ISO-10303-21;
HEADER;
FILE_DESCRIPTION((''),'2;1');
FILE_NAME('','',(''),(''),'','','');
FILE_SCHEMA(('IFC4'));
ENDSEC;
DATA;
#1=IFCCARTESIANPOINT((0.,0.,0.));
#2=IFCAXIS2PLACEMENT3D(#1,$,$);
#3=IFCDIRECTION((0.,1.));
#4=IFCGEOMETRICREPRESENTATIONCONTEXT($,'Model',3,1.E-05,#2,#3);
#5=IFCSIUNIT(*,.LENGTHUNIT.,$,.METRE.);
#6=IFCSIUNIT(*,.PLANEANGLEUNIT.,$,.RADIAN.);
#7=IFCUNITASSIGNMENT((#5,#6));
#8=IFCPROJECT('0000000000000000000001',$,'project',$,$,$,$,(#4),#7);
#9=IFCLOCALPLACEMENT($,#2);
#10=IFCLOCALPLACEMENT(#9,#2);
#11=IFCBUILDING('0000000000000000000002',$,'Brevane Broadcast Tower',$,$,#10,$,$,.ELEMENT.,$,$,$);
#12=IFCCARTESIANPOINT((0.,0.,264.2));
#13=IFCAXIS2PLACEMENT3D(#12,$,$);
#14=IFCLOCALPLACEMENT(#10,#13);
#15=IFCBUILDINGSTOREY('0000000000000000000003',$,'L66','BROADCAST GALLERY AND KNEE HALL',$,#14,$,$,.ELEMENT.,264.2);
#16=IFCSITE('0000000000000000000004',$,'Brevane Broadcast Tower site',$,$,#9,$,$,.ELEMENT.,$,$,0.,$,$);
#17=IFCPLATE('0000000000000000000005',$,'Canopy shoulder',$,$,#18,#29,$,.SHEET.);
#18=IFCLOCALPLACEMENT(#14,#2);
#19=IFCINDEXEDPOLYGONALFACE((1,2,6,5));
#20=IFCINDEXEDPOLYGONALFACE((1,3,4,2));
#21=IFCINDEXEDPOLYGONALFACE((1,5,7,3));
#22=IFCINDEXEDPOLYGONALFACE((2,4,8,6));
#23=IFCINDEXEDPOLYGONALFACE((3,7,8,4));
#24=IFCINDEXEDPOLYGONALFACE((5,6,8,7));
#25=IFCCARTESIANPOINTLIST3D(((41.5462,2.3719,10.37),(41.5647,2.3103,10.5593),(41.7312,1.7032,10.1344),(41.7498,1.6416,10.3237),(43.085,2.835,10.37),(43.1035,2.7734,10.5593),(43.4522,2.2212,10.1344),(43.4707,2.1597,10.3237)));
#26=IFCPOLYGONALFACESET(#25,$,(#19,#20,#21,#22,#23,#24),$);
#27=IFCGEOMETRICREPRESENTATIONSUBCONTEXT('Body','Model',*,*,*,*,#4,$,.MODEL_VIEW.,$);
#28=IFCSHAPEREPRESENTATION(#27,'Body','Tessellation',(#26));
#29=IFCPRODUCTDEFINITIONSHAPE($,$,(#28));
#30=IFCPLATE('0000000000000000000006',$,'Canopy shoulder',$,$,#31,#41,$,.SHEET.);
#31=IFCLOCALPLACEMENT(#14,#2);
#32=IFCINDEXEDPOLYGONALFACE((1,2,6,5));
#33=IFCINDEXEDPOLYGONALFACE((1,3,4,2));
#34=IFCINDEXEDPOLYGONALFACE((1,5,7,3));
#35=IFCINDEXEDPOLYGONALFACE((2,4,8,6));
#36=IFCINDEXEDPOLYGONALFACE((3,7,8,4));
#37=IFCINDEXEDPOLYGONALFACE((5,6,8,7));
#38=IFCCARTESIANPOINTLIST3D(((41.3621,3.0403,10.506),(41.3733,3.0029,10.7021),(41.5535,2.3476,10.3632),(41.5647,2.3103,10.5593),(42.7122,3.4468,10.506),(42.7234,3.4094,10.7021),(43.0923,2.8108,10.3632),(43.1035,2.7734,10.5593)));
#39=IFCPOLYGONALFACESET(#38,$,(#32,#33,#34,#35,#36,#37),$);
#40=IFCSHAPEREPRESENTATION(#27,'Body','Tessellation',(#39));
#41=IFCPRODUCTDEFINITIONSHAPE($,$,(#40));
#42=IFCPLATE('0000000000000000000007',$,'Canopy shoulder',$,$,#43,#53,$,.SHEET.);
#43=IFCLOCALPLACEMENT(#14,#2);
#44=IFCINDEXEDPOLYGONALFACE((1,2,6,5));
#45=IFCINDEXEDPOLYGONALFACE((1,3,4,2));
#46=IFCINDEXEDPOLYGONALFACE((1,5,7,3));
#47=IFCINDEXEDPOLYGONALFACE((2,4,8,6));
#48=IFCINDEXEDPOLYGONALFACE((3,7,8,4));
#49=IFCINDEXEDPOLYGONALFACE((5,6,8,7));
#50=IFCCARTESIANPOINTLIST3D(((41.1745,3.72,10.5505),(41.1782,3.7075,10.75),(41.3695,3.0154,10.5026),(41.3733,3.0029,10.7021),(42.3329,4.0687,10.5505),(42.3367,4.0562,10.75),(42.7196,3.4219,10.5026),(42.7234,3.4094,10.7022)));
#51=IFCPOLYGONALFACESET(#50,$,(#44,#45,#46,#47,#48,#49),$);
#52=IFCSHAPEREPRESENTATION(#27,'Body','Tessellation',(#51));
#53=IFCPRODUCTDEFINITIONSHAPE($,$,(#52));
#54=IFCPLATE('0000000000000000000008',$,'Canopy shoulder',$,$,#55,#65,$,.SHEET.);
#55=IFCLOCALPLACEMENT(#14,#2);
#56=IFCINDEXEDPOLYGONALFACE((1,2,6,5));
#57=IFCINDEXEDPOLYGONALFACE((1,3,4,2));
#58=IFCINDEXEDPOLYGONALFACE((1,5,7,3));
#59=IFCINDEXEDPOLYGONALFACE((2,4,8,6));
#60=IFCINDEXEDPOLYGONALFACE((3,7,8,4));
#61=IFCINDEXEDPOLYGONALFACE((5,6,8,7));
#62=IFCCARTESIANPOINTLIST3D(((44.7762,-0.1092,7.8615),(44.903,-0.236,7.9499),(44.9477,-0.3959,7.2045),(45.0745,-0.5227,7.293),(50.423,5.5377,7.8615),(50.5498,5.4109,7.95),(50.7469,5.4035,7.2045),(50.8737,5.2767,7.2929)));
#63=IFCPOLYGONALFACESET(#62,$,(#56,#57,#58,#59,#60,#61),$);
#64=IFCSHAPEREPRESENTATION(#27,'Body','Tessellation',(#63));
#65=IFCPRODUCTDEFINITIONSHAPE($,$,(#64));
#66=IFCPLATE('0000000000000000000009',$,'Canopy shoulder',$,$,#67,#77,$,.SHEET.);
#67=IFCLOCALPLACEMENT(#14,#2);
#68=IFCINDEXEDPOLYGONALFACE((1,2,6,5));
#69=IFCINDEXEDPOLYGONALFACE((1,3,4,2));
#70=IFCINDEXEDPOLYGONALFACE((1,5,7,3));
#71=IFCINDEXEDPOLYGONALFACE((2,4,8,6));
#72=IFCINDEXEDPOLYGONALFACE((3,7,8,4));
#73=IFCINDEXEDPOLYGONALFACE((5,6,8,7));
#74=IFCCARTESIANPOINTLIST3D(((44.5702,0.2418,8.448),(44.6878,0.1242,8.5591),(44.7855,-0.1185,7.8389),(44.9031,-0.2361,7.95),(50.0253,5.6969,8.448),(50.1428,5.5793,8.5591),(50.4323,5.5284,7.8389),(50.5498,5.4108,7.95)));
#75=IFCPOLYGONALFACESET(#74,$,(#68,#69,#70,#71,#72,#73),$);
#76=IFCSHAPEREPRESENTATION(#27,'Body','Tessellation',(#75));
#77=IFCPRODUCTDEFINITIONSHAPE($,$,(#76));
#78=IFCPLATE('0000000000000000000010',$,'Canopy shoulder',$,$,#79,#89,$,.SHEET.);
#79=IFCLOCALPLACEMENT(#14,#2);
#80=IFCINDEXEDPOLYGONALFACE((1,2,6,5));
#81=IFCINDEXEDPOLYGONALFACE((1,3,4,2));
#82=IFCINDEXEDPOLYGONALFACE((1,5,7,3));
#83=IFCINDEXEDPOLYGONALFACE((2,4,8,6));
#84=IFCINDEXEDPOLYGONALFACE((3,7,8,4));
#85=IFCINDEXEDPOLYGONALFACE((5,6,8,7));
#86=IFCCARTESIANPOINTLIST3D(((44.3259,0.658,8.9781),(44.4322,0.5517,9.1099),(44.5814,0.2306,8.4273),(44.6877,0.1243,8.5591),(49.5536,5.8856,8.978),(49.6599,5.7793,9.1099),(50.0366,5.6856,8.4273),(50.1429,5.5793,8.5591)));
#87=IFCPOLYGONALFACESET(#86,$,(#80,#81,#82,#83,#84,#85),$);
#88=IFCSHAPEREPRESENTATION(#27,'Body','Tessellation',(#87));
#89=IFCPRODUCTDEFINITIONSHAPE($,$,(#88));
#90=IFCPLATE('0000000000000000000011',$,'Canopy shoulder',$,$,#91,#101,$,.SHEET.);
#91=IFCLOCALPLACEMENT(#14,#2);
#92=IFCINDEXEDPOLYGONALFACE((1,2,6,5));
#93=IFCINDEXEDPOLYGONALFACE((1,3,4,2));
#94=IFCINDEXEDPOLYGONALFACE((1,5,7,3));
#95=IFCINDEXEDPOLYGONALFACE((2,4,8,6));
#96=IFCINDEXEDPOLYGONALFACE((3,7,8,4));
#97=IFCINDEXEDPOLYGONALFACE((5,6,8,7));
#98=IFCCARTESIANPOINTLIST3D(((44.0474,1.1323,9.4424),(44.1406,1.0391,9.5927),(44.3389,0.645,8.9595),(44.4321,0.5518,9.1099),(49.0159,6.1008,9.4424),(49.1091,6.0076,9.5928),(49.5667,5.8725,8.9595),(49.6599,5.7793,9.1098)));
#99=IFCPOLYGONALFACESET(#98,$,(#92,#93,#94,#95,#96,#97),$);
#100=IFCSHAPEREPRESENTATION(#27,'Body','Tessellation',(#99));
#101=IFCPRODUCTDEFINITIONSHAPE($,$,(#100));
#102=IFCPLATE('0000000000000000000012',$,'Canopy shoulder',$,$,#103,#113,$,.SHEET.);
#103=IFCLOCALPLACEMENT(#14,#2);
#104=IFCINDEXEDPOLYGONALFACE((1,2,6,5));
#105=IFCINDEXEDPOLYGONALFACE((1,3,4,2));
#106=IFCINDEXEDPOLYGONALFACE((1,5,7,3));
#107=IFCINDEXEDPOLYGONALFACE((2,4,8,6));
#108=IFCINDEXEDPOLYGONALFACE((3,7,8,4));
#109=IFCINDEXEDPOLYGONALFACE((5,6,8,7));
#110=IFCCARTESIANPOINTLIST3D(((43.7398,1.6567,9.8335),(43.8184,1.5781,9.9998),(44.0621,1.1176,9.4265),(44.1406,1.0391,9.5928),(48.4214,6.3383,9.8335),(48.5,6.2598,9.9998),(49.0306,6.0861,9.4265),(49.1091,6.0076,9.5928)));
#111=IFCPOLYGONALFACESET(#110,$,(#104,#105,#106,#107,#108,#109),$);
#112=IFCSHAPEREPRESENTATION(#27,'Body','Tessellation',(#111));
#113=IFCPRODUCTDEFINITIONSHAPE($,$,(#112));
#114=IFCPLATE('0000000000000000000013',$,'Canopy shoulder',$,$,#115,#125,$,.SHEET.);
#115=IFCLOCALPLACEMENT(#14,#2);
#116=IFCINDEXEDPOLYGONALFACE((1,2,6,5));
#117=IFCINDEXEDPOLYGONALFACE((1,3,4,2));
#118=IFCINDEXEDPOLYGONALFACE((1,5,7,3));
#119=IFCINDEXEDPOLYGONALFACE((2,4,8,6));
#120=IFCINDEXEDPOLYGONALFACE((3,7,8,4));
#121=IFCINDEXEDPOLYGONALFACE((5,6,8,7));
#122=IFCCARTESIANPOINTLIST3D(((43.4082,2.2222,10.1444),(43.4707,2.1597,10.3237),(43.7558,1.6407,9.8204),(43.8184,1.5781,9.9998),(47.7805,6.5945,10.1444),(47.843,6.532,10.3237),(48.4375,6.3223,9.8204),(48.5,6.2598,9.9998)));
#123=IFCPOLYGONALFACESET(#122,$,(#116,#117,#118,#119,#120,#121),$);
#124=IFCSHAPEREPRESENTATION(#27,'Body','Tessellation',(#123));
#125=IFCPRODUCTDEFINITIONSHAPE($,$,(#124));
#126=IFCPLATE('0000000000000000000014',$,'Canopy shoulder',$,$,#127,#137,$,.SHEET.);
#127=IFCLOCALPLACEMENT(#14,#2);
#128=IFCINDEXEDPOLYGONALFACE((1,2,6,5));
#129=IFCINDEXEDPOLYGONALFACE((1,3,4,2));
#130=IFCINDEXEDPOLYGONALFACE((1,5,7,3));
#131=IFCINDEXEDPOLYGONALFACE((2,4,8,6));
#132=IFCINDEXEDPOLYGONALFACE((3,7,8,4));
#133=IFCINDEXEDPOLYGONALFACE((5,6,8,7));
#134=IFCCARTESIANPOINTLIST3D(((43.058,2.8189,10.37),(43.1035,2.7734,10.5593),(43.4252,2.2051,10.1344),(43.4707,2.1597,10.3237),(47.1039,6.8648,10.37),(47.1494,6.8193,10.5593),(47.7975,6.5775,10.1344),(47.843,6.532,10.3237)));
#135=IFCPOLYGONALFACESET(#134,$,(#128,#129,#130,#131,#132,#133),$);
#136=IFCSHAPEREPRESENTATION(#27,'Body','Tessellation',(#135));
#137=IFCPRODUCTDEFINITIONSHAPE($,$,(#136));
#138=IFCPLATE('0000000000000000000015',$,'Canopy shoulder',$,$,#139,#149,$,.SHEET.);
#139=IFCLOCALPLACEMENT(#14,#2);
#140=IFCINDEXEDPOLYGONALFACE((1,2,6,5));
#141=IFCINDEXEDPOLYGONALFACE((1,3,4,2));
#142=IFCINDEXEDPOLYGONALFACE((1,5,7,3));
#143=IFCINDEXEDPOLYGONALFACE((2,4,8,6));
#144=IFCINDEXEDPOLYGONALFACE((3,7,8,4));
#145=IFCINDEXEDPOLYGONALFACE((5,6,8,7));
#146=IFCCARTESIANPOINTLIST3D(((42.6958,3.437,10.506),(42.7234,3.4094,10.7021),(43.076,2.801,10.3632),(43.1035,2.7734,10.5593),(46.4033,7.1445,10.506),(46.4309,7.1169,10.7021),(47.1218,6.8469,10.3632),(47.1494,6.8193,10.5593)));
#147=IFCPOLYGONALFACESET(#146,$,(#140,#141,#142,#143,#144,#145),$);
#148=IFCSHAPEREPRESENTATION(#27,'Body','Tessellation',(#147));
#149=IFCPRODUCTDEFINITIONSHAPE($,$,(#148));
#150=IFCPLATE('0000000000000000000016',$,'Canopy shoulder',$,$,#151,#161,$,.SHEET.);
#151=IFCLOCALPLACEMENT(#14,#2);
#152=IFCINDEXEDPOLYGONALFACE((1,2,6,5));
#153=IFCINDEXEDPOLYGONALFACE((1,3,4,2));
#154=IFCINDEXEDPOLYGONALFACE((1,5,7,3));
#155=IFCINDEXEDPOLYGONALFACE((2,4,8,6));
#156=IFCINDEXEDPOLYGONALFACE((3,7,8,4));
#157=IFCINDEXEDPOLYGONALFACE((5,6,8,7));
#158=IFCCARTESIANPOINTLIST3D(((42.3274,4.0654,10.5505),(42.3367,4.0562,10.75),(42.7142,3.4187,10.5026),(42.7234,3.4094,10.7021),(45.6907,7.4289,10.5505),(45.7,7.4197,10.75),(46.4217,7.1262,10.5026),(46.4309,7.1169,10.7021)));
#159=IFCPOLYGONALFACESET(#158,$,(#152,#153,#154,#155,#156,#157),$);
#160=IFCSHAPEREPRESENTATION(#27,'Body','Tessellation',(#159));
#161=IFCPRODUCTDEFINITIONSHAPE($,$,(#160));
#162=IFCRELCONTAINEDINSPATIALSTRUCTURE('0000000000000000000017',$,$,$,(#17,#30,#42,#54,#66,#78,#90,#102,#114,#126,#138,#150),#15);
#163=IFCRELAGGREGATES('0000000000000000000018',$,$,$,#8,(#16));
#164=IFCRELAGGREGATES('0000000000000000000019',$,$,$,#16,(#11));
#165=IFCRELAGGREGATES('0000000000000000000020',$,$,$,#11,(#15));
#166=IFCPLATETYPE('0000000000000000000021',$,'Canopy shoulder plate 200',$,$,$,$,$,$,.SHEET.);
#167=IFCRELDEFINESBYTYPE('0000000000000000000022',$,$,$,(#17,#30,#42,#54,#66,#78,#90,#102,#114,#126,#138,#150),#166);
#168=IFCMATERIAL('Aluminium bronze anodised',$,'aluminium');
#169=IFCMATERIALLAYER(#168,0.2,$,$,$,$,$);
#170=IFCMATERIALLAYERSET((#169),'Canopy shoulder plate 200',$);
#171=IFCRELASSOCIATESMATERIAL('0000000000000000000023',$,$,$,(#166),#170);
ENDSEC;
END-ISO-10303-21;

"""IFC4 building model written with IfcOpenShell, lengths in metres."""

from ifc_helpers import new_model, si_unit, direction, frame, origin, place, context, subcontext, project, spatial, polyline, outline, extrude, material, layer, layer_set, type_object, element, save


model = new_model("IFC4")

# Units and contexts
model_context = context("Model", 3, precision=1e-05, world=origin(), true_north=direction((0.0, 1.0)))
body_context = subcontext(model_context, "Body", "Model", "MODEL_VIEW")
ifc_project = project(units=[si_unit("LENGTHUNIT", "METRE"), si_unit("PLANEANGLEUNIT", "RADIAN")], contexts=[model_context])

# Site, building, storey
site_placement = place(None, origin())
site = spatial("IfcSite", under=ifc_project, at=site_placement, Name="Brevane Broadcast Tower site", CompositionType="ELEMENT", RefElevation=0.0)
building_placement = place(site_placement, origin())
building = spatial("IfcBuilding", under=site, at=building_placement, Name="Brevane Broadcast Tower", CompositionType="ELEMENT")
storey_placement = place(building_placement, frame((0.0, 0.0, 264.2)))
storey = spatial("IfcBuildingStorey", under=building, at=storey_placement, Name="L66", Description="BROADCAST GALLERY AND KNEE HALL", CompositionType="ELEMENT", Elevation=264.2)

# Plates
ifc_material = material(Name="Aluminium bronze anodised", Category="aluminium")
ifc_layer = layer(ifc_material, 0.2)
ifc_layer_set = layer_set([ifc_layer], Name="Canopy shoulder plate 200")
plate_type = type_object("IfcPlateType", Name="Canopy shoulder plate 200", PredefinedType="SHEET", material=ifc_layer_set)
plate_1_placement = place(storey_placement, frame((41.7498, 1.6416, 10.3237), z_axis=(0.0927, -0.307971, 0.946869), x_axis=(0.957554, 0.288255, 0.000009)))
element("IfcPlate", 1, at=plate_1_placement, inside=storey, type_object=plate_type, Name="Canopy shoulder", PredefinedType="SHEET", context=body_context, shape_type="SweptSolid", body=[
    extrude(outline(polyline([(0.0, 0.0), (1.7972, 0.0), (1.6226, 0.7325), (0.0156, 0.7326), (0.0, 0.0)])), origin(), (0.0, 0.0, -1.0), 0.2),
])
plate_2_placement = place(storey_placement, frame((41.5647, 2.3103, 10.5593), z_axis=(0.056199, -0.186693, 0.980809), x_axis=(0.95757, 0.2882, -0.00001)))
element("IfcPlate", 2, at=plate_2_placement, inside=storey, type_object=plate_type, Name="Canopy shoulder", PredefinedType="SHEET", context=body_context, shape_type="SweptSolid", body=[
    extrude(outline(polyline([(0.0, 0.0), (1.607, 0.0), (1.4263, 0.7326), (0.0163, 0.7325), (0.0, 0.0)])), origin(), (0.0, 0.0, -1.0), 0.2),
])
plate_3_placement = place(storey_placement, frame((41.3733, 3.0029, 10.7021), z_axis=(0.018833, -0.062563, 0.997863), x_axis=(0.95754, 0.288301, 0.000004)))
element("IfcPlate", 3, at=plate_3_placement, inside=storey, type_object=plate_type, Name="Canopy shoulder", PredefinedType="SHEET", context=body_context, shape_type="SweptSolid", body=[
    extrude(outline(polyline([(0.0, 0.0), (1.41, 0.0), (1.2261, 0.7323), (0.0163, 0.7325), (0.0, 0.0)])), origin(), (0.0, 0.0, -1.0), 0.2),
])
plate_4_placement = place(storey_placement, frame((45.0745, -0.5227, 7.293), z_axis=(0.634207, -0.634194, 0.442244), x_axis=(0.707101, 0.707113, -0.000004)))
element("IfcPlate", 4, at=plate_4_placement, inside=storey, type_object=plate_type, Name="Canopy shoulder", PredefinedType="SHEET", context=body_context, shape_type="SweptSolid", body=[
    extrude(outline(polyline([(0.0, 0.0), (8.2015, 0.0), (8.0673, 0.7325), (0.0815, 0.7325), (0.0, 0.0)])), origin(), (0.0, 0.0, -1.0), 0.2),
])
plate_5_placement = place(storey_placement, frame((44.9031, -0.2361, 7.95), z_axis=(0.587955, -0.587942, 0.555547), x_axis=(0.707097, 0.707117, 0.000005)))
element("IfcPlate", 5, at=plate_5_placement, inside=storey, type_object=plate_type, Name="Canopy shoulder", PredefinedType="SHEET", context=body_context, shape_type="SweptSolid", body=[
    extrude(outline(polyline([(0.0, 0.0), (7.9859, 0.0), (7.8172, 0.7325), (0.1026, 0.7326), (0.0, 0.0)])), origin(), (0.0, 0.0, -1.0), 0.2),
])
plate_6_placement = place(storey_placement, frame((44.6877, 0.1243, 8.5591), z_axis=(0.531663, -0.531676, 0.659284), x_axis=(0.707111, 0.707102, 0.000006)))
element("IfcPlate", 6, at=plate_6_placement, inside=storey, type_object=plate_type, Name="Canopy shoulder", PredefinedType="SHEET", context=body_context, shape_type="SweptSolid", body=[
    extrude(outline(polyline([(0.0, 0.0), (7.7146, 0.0), (7.5146, 0.7325), (0.1215, 0.7326), (0.0, 0.0)])), origin(), (0.0, 0.0, -1.0), 0.2),
])
plate_7_placement = place(storey_placement, frame((44.4321, 0.5518, 9.1099), z_axis=(0.466159, -0.46617, 0.751919), x_axis=(0.70712, 0.707094, -0.000006)))
element("IfcPlate", 7, at=plate_7_placement, inside=storey, type_object=plate_type, Name="Canopy shoulder", PredefinedType="SHEET", context=body_context, shape_type="SweptSolid", body=[
    extrude(outline(polyline([(0.0, 0.0), (7.393, 0.0), (7.165, 0.7326), (0.1384, 0.7324), (0.0, 0.0)])), origin(), (0.0, 0.0, -1.0), 0.2),
])
plate_8_placement = place(storey_placement, frame((44.1406, 1.0391, 9.5928), z_axis=(0.392866, -0.392866, 0.831452), x_axis=(0.707107, 0.707107, 0.0)))
element("IfcPlate", 8, at=plate_8_placement, inside=storey, type_object=plate_type, Name="Canopy shoulder", PredefinedType="SHEET", context=body_context, shape_type="SweptSolid", body=[
    extrude(outline(polyline([(0.0, 0.0), (7.0265, 0.0), (6.7741, 0.7325), (0.1533, 0.7325), (0.0, 0.0)])), origin(), (0.0, 0.0, -1.0), 0.2),
])
plate_9_placement = place(storey_placement, frame((43.8184, 1.5781, 9.9998), z_axis=(0.312712, -0.312712, 0.896896), x_axis=(0.707107, 0.707107, 0.0)))
element("IfcPlate", 9, at=plate_9_placement, inside=storey, type_object=plate_type, Name="Canopy shoulder", PredefinedType="SHEET", context=body_context, shape_type="SweptSolid", body=[
    extrude(outline(polyline([(0.0, 0.0), (6.6208, 0.0), (6.3488, 0.7326), (0.1654, 0.7326), (0.0, 0.0)])), origin(), (0.0, 0.0, -1.0), 0.2),
])
plate_10_placement = place(storey_placement, frame((43.4707, 2.1597, 10.3237), z_axis=(0.22741, -0.22741, 0.946874), x_axis=(0.707107, 0.707107, 0.0)))
element("IfcPlate", 10, at=plate_10_placement, inside=storey, type_object=plate_type, Name="Canopy shoulder", PredefinedType="SHEET", context=body_context, shape_type="SweptSolid", body=[
    extrude(outline(polyline([(0.0, 0.0), (6.1834, 0.0), (5.8961, 0.7326), (0.1744, 0.7326), (0.0, 0.0)])), origin(), (0.0, 0.0, -1.0), 0.2),
])
plate_11_placement = place(storey_placement, frame((43.1035, 2.7734, 10.5593), z_axis=(0.13786, -0.13786, 0.98081), x_axis=(0.707107, 0.707107, 0.0)))
element("IfcPlate", 11, at=plate_11_placement, inside=storey, type_object=plate_type, Name="Canopy shoulder", PredefinedType="SHEET", context=body_context, shape_type="SweptSolid", body=[
    extrude(outline(polyline([(0.0, 0.0), (5.7218, 0.0), (5.4241, 0.7326), (0.1809, 0.7326), (0.0, 0.0)])), origin(), (0.0, 0.0, -1.0), 0.2),
])
plate_12_placement = place(storey_placement, frame((42.7234, 3.4094, 10.7021), z_axis=(0.046199, -0.046198, 0.997863), x_axis=(0.707107, 0.707107, -0.000001)))
element("IfcPlate", 12, at=plate_12_placement, inside=storey, type_object=plate_type, Name="Canopy shoulder", PredefinedType="SHEET", context=body_context, shape_type="SweptSolid", body=[
    extrude(outline(polyline([(0.0, 0.0), (5.2432, 0.0), (4.9404, 0.7325), (0.1839, 0.7323), (0.0, 0.0)])), origin(), (0.0, 0.0, -1.0), 0.2),
])

save(model, "model.ifc")
